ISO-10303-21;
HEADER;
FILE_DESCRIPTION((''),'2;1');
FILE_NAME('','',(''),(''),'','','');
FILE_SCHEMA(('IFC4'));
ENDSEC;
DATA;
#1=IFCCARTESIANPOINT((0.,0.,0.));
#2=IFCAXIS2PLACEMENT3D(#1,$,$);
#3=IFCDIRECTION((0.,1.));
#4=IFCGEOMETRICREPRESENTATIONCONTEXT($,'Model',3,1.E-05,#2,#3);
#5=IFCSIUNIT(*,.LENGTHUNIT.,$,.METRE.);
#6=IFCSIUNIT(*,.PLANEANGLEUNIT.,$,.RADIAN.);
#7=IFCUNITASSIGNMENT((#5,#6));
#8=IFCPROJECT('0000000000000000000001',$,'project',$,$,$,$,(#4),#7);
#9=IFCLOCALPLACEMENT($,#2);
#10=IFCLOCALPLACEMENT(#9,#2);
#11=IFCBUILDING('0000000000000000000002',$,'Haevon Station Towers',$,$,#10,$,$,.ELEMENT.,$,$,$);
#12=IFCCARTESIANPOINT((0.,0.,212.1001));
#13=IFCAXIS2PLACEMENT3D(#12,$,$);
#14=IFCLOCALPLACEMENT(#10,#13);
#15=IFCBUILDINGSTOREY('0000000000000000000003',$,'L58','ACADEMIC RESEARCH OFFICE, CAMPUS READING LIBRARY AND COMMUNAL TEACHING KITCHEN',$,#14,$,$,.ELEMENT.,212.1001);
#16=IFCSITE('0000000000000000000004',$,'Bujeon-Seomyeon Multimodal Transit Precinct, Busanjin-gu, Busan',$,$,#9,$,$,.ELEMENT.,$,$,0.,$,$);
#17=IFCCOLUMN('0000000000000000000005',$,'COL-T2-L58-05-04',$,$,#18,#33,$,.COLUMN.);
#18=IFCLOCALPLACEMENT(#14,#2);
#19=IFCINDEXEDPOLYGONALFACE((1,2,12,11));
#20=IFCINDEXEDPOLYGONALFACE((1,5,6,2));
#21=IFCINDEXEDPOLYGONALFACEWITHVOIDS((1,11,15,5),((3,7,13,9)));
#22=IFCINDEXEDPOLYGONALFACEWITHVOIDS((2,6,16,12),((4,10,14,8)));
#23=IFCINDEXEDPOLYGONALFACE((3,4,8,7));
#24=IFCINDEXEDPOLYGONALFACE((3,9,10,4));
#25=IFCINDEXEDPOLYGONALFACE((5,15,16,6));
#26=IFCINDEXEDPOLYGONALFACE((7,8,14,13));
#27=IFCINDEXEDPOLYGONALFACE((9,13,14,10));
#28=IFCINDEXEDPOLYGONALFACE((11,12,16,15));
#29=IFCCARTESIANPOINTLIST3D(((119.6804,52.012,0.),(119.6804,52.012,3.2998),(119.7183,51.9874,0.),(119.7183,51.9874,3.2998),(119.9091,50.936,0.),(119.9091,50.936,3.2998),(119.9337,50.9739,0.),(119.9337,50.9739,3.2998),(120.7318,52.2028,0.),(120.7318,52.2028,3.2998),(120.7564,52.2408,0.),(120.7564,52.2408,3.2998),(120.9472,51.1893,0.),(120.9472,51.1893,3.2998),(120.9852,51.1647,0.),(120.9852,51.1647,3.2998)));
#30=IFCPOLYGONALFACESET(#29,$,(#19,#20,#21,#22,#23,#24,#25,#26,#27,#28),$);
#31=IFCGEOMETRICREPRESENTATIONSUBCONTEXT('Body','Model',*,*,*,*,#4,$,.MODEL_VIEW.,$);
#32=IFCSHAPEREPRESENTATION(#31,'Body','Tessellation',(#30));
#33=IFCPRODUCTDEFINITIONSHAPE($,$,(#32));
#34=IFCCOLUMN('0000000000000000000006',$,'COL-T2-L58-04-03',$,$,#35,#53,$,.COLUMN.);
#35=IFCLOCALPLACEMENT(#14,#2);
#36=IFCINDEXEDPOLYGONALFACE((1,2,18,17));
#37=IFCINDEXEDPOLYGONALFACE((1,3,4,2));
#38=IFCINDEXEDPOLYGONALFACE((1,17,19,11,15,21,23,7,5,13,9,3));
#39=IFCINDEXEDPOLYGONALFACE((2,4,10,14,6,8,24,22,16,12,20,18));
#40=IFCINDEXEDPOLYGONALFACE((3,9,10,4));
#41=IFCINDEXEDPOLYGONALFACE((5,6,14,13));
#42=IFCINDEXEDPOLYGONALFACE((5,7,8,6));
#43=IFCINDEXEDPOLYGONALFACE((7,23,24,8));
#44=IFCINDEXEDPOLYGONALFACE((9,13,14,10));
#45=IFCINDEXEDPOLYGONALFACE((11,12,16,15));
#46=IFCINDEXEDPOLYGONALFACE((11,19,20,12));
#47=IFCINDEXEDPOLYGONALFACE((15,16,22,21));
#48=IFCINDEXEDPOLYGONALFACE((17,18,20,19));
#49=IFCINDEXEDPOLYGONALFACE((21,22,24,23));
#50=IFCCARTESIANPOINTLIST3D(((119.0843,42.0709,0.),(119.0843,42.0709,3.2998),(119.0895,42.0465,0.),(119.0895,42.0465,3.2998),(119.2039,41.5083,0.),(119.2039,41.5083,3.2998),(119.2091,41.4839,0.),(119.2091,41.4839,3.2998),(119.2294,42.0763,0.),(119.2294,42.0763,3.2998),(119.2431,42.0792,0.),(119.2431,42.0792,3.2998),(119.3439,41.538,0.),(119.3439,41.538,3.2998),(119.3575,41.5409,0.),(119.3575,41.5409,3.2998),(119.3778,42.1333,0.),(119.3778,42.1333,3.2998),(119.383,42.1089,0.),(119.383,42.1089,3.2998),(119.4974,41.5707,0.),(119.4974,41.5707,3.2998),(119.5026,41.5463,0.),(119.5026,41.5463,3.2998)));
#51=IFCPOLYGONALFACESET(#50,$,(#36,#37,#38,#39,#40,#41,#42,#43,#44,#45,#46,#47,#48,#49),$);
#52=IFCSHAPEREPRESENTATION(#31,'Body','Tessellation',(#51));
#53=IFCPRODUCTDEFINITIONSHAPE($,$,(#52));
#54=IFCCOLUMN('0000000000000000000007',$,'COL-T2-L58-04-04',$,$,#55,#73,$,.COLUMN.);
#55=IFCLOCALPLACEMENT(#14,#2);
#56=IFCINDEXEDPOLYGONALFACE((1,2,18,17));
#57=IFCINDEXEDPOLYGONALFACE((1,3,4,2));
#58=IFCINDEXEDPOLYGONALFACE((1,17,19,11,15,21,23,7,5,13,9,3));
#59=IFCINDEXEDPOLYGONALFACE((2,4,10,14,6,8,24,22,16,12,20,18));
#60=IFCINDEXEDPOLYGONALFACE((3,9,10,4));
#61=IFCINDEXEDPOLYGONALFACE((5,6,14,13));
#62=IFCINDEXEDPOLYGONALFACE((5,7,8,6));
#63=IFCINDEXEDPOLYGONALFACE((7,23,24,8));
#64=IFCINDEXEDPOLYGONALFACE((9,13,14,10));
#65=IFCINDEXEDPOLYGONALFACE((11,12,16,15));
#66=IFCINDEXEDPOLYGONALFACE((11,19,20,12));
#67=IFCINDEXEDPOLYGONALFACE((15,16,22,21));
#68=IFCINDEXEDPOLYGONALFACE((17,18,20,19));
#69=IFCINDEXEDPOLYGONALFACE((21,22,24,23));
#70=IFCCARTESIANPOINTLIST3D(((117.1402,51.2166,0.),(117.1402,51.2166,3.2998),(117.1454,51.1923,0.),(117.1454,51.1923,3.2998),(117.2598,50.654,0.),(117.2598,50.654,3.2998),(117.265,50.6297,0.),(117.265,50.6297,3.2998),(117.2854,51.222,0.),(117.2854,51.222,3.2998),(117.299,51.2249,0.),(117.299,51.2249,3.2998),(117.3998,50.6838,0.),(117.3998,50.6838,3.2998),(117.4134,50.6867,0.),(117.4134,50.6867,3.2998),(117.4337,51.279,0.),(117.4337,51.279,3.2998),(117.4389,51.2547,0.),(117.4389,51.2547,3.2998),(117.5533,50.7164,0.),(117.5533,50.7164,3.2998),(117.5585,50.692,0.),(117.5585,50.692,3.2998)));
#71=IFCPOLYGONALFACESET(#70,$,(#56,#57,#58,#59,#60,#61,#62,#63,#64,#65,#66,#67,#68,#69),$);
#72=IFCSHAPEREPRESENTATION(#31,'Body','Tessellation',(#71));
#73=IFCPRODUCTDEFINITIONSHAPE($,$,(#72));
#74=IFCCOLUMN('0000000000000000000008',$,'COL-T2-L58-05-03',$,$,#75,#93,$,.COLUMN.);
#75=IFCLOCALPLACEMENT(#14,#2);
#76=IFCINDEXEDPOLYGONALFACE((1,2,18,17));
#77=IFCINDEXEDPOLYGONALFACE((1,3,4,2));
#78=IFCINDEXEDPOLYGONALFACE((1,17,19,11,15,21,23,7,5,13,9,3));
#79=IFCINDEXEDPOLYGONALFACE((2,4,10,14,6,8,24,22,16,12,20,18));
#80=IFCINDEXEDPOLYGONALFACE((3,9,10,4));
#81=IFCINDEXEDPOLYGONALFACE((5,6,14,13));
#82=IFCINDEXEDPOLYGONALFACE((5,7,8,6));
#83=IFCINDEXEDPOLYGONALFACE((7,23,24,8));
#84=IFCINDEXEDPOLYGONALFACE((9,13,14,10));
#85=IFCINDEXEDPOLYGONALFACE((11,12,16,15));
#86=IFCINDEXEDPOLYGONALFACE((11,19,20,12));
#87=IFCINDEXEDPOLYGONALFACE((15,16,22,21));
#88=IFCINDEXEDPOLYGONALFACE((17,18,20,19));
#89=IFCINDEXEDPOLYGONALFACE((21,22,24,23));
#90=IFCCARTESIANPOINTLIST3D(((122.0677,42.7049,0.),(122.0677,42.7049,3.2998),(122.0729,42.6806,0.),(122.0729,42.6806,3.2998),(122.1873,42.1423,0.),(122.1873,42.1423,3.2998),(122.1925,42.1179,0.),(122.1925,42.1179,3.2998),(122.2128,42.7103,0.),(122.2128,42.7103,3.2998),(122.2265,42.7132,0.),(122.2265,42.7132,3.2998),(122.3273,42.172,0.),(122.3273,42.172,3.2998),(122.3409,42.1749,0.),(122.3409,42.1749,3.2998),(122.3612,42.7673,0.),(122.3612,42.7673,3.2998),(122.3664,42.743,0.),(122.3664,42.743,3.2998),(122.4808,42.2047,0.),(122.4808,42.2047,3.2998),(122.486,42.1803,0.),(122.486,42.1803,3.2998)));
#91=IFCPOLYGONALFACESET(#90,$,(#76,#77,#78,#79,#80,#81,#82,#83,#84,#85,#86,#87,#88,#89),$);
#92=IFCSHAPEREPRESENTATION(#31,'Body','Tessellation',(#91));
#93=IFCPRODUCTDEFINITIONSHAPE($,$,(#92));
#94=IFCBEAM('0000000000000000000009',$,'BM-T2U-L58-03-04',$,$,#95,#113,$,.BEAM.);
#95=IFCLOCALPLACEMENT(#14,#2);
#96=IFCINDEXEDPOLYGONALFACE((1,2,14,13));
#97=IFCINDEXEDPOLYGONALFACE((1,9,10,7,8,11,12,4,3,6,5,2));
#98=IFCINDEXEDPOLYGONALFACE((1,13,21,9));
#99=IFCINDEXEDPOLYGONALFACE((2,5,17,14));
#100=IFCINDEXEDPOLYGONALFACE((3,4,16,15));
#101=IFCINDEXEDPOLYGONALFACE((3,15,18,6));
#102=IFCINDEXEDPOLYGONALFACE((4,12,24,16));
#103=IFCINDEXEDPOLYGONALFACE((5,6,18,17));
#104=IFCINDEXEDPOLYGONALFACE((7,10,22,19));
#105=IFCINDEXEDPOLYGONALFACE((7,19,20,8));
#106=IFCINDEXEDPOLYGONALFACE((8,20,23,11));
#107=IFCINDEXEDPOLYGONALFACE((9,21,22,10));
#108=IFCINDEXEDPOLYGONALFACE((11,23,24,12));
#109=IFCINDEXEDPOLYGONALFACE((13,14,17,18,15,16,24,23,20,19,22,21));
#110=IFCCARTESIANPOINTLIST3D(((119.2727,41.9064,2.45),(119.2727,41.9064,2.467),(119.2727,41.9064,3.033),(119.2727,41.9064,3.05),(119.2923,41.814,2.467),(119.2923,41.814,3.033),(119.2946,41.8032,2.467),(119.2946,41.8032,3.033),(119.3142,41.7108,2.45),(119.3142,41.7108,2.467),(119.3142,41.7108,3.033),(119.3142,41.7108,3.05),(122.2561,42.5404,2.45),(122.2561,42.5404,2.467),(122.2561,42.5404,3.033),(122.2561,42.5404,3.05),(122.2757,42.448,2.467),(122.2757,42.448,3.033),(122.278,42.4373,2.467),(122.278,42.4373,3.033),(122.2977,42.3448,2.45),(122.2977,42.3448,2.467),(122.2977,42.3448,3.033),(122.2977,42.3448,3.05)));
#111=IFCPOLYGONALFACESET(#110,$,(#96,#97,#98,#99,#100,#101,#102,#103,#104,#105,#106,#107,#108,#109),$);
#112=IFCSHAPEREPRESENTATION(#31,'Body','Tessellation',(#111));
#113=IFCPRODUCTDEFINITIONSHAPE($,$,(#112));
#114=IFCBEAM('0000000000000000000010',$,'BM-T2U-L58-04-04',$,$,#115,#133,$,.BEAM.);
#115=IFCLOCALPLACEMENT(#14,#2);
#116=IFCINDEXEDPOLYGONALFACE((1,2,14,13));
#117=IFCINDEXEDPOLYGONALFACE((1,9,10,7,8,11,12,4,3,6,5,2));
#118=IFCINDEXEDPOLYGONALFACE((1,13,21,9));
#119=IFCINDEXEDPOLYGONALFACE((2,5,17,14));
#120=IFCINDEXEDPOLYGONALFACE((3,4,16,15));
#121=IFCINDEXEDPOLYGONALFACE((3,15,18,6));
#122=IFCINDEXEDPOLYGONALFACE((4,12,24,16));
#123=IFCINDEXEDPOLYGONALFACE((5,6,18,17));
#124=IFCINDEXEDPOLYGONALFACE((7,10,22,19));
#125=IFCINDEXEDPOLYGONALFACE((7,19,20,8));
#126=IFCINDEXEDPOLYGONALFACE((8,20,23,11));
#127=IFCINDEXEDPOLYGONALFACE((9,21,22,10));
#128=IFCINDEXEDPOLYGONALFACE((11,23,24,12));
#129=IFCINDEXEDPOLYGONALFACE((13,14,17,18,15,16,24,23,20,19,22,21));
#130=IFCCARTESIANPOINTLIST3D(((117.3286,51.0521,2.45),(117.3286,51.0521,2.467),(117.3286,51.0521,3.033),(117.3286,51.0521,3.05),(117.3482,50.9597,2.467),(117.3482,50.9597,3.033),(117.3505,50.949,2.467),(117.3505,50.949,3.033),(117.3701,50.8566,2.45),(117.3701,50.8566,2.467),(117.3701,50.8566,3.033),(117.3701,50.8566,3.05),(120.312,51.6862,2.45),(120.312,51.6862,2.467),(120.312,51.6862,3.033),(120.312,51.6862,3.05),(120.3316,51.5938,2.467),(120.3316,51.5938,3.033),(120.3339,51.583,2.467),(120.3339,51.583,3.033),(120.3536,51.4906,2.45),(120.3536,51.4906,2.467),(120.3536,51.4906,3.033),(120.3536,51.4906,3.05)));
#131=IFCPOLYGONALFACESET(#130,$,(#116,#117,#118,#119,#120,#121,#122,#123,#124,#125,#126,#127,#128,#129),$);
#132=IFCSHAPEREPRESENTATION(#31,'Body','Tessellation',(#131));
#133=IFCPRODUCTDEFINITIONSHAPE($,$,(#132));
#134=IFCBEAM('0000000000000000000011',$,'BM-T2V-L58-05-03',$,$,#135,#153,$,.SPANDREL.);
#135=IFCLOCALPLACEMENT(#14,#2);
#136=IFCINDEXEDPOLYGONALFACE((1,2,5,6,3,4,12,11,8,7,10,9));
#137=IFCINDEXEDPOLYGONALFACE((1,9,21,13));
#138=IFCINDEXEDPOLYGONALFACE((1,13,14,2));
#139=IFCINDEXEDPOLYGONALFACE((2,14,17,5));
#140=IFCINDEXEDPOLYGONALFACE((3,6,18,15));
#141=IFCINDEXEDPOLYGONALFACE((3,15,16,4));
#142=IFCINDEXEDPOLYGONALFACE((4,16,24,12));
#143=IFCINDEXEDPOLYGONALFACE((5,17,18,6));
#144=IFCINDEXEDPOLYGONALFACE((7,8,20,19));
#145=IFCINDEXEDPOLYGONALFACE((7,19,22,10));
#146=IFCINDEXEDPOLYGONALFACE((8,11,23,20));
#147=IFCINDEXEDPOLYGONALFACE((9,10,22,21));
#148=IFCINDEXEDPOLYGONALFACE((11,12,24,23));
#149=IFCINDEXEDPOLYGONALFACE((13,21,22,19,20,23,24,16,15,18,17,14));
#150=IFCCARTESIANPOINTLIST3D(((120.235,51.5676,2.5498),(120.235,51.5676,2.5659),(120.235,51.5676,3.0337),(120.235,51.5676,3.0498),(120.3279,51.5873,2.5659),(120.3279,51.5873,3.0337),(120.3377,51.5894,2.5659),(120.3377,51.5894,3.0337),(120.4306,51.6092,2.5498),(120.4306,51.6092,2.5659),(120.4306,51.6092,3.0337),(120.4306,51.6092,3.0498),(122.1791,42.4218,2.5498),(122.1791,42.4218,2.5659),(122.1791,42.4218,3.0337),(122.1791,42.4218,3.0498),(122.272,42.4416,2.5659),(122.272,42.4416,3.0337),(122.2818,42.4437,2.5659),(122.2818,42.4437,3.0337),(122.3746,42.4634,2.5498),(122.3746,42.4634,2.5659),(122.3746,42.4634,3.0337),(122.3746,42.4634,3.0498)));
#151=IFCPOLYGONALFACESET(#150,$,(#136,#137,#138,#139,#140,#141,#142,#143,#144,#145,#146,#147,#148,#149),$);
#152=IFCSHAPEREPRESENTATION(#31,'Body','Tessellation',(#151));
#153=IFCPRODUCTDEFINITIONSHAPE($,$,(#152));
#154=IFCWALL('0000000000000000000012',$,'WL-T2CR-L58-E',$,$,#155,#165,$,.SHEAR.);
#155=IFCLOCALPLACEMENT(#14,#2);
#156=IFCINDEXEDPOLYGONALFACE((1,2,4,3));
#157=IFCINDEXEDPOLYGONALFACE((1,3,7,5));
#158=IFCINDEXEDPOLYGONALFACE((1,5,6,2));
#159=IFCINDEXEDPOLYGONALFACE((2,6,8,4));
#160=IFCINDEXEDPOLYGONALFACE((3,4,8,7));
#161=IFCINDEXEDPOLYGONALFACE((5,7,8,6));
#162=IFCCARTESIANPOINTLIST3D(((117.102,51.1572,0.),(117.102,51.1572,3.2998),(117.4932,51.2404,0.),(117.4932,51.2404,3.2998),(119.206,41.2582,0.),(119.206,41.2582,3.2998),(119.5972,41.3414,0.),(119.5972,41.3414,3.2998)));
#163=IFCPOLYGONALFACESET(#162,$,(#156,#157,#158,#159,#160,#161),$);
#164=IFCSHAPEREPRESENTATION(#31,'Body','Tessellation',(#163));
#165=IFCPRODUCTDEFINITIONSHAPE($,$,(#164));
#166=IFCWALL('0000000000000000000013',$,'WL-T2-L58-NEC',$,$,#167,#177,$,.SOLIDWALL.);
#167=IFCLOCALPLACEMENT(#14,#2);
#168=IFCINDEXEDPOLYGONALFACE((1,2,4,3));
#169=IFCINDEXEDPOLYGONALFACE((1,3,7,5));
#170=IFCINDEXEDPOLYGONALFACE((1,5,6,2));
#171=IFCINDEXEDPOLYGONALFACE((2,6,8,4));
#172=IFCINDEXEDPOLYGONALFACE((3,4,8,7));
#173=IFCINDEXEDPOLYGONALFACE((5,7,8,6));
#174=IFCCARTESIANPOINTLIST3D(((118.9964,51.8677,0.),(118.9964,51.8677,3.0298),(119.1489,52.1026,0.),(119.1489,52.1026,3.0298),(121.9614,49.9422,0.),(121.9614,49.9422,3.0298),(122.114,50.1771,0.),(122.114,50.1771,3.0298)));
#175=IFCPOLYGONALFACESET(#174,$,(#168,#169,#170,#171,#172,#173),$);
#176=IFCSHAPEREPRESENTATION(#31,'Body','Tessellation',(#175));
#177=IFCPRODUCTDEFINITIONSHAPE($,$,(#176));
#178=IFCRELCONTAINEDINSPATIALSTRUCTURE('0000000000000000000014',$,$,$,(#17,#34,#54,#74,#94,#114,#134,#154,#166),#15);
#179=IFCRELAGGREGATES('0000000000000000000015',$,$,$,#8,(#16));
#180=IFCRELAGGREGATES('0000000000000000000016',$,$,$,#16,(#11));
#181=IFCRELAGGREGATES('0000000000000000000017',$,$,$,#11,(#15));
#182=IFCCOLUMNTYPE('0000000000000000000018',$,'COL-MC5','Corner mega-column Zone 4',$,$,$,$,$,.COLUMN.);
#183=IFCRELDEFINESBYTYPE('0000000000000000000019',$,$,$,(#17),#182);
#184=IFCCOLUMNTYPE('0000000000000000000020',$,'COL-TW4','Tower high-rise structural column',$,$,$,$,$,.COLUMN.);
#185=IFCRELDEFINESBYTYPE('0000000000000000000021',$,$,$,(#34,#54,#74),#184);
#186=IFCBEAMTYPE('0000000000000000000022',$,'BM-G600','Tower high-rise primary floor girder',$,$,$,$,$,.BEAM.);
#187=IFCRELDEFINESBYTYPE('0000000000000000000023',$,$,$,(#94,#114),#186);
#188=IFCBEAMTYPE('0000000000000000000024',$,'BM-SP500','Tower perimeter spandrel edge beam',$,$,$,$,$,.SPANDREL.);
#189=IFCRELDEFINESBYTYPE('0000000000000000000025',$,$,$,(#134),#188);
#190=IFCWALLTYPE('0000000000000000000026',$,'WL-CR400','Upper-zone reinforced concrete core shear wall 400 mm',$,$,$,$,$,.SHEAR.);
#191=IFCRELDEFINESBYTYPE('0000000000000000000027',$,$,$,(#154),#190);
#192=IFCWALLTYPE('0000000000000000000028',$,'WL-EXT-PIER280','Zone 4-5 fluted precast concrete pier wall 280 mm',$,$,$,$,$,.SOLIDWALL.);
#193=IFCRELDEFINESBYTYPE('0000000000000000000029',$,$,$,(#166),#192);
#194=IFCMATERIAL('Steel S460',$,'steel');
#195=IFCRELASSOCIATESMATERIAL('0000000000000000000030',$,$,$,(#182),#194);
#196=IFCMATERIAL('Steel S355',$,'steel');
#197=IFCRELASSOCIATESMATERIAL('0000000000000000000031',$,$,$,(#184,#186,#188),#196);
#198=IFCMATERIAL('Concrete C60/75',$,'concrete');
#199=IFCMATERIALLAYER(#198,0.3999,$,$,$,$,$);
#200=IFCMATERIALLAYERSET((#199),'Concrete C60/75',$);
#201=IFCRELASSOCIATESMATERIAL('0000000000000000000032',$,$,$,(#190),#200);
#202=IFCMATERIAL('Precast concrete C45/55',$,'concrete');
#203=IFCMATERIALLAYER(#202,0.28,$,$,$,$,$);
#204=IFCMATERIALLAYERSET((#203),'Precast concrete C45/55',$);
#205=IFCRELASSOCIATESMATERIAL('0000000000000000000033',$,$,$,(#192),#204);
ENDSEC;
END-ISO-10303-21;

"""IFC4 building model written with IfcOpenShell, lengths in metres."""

from ifc_helpers import new_model, si_unit, direction, frame, frame_2d, origin, origin_2d, place, context, subcontext, project, spatial, rectangle, hollow_rectangle, i_section, extrude, material, layer, layer_set, material_profile, profile_set, type_object, element, save


model = new_model("IFC4")

# Units and contexts
model_context = context("Model", 3, precision=1e-05, world=origin(), true_north=direction((0.0, 1.0)))
body_context = subcontext(model_context, "Body", "Model", "MODEL_VIEW")
ifc_project = project(units=[si_unit("LENGTHUNIT", "METRE"), si_unit("PLANEANGLEUNIT", "RADIAN")], contexts=[model_context])

# Site, building, storey
site_placement = place(None, origin())
site = spatial("IfcSite", under=ifc_project, at=site_placement, Name="Bujeon-Seomyeon Multimodal Transit Precinct, Busanjin-gu, Busan", CompositionType="ELEMENT", RefElevation=0.0)
building_placement = place(site_placement, origin())
building = spatial("IfcBuilding", under=site, at=building_placement, Name="Haevon Station Towers", CompositionType="ELEMENT")
storey_placement = place(building_placement, frame((0.0, 0.0, 212.1001)))
storey = spatial("IfcBuildingStorey", under=building, at=storey_placement, Name="L58", Description="ACADEMIC RESEARCH OFFICE, CAMPUS READING LIBRARY AND COMMUNAL TEACHING KITCHEN", CompositionType="ELEMENT", Elevation=212.1001)

# Columns
ifc_material_1 = material(Name="Steel S460", Category="steel")
ifc_material_profile_1 = material_profile(ifc_material_1, hollow_rectangle(XDim=1.1001, YDim=1.1001, WallThickness=0.032, at=origin_2d()), Name="BOX-1100x1100x32")
ifc_profile_set_1 = profile_set([ifc_material_profile_1], Name="Steel S460")
column_type_1 = type_object("IfcColumnType", Name="COL-MC5", Description="Corner mega-column Zone 4", PredefinedType="COLUMN", material=ifc_profile_set_1)
column_placement = place(storey_placement, frame((120.3328, 51.5884, 0.0), z_axis=(0.0, 0.0, 1.0), x_axis=(0.978148, 0.207912, 0.0)))
element("IfcColumn", 1, at=column_placement, inside=storey, type_object=column_type_1, Name="COL-T2-L58-05-04", PredefinedType="COLUMN", context=body_context, shape_type="SweptSolid", body=[
    extrude(hollow_rectangle(XDim=1.1001, YDim=1.1001, WallThickness=0.032, at=origin_2d()), origin(), (0.0, 0.0, 1.0), 3.2998),
])
ifc_material_2 = material(Name="Steel S355", Category="steel")
ifc_material_profile_2 = material_profile(ifc_material_2, i_section(OverallWidth=0.3, OverallDepth=0.6001, WebThickness=0.0139, FlangeThickness=0.0249, at=origin_2d()), Name="H-600x300x14x25")
ifc_profile_set_2 = profile_set([ifc_material_profile_2], Name="Steel S355")
column_type_2 = type_object("IfcColumnType", Name="COL-TW4", Description="Tower high-rise structural column", PredefinedType="COLUMN", material=ifc_profile_set_2)
for number, where, z_axis, x_axis, name in (
    (2, (119.2935, 41.8086, 0.0), (0.0, 0.0, 1.0), (0.978148, 0.207912, 0.0), "COL-T2-L58-04-03"),
    (3, (117.3494, 50.9543, 0.0), (0.0, 0.0, 1.0), (0.978148, 0.207912, 0.0), "COL-T2-L58-04-04"),
    (4, (122.2769, 42.4426, 0.0), (0.0, 0.0, 1.0), (0.978148, 0.207912, 0.0), "COL-T2-L58-05-03"),
):
    element("IfcColumn", number, at=place(storey_placement, frame(where, z_axis=z_axis, x_axis=x_axis)), inside=storey, type_object=column_type_2, Name=name, PredefinedType="COLUMN", context=body_context, shape_type="SweptSolid", body=[
        extrude(i_section(OverallWidth=0.3, OverallDepth=0.6001, WebThickness=0.0139, FlangeThickness=0.0249, at=origin_2d()), origin(), (0.0, 0.0, 1.0), 3.2998),
    ])

# Beams
ifc_material_profile_3 = material_profile(ifc_material_2, i_section(OverallWidth=0.2, OverallDepth=0.6001, WebThickness=0.011, FlangeThickness=0.0171, at=origin_2d()), Name="H-600x200x11x17")
ifc_profile_set_3 = profile_set([ifc_material_profile_3], Name="Steel S355")
beam_type_1 = type_object("IfcBeamType", Name="BM-G600", Description="Tower high-rise primary floor girder", PredefinedType="BEAM", material=ifc_profile_set_3)
for number, where, z_axis, x_axis, name in (
    (5, (119.2935, 41.8086, 2.75), (0.978155, 0.207878, 0.0), (-0.207878, 0.978155, 0.0), "BM-T2U-L58-03-04"),
    (6, (117.3494, 50.9543, 2.75), (0.978155, 0.207878, 0.0), (-0.207878, 0.978155, 0.0), "BM-T2U-L58-04-04"),
):
    element("IfcBeam", number, at=place(storey_placement, frame(where, z_axis=z_axis, x_axis=x_axis)), inside=storey, type_object=beam_type_1, Name=name, PredefinedType="BEAM", context=body_context, shape_type="SweptSolid", body=[
        extrude(i_section(OverallWidth=0.2, OverallDepth=0.6001, WebThickness=0.011, FlangeThickness=0.0171, at=origin_2d()), origin(), (0.0, 0.0, 1.0), 3.05),
    ])
ifc_material_profile_4 = material_profile(ifc_material_2, i_section(OverallWidth=0.2, OverallDepth=0.5, WebThickness=0.01, FlangeThickness=0.0161, at=origin_2d()), Name="H-500x200x10x16")
ifc_profile_set_4 = profile_set([ifc_material_profile_4], Name="Steel S355")
beam_type_2 = type_object("IfcBeamType", Name="BM-SP500", Description="Tower perimeter spandrel edge beam", PredefinedType="SPANDREL", material=ifc_profile_set_4)
beam_placement = place(storey_placement, frame((122.2769, 42.4426, 2.7998), z_axis=(-0.207922, 0.978145, 0.0), x_axis=(-0.978145, -0.207922, 0.0)))
element("IfcBeam", 7, at=beam_placement, inside=storey, type_object=beam_type_2, Name="BM-T2V-L58-05-03", PredefinedType="SPANDREL", context=body_context, shape_type="SweptSolid", body=[
    extrude(i_section(OverallWidth=0.2, OverallDepth=0.5, WebThickness=0.01, FlangeThickness=0.0161, at=origin_2d()), origin(), (0.0, 0.0, 1.0), 9.3501),
])

# Walls
ifc_material_3 = material(Name="Concrete C60/75", Category="concrete")
ifc_layer_1 = layer(ifc_material_3, 0.3999)
ifc_layer_set_1 = layer_set([ifc_layer_1], Name="Concrete C60/75")
wall_type_1 = type_object("IfcWallType", Name="WL-CR400", Description="Upper-zone reinforced concrete core shear wall 400 mm", PredefinedType="SHEAR", material=ifc_layer_set_1)
wall_1_placement = place(storey_placement, frame((119.4016, 41.2998, 0.0), z_axis=(0.0, 0.0, 1.0), x_axis=(-0.207904, 0.978149, 0.0)))
element("IfcWall", 8, at=wall_1_placement, inside=storey, type_object=wall_type_1, Name="WL-T2CR-L58-E", PredefinedType="SHEAR", context=body_context, shape_type="SweptSolid", body=[
    extrude(rectangle(XDim=10.1201, YDim=0.3999, at=frame_2d((5.0601, 0.0))), origin(), (0.0, 0.0, 1.0), 3.2998),
])
ifc_material_4 = material(Name="Precast concrete C45/55", Category="concrete")
ifc_layer_2 = layer(ifc_material_4, 0.28)
ifc_layer_set_2 = layer_set([ifc_layer_2], Name="Precast concrete C45/55")
wall_type_2 = type_object("IfcWallType", Name="WL-EXT-PIER280", Description="Zone 4-5 fluted precast concrete pier wall 280 mm", PredefinedType="SOLIDWALL", material=ifc_layer_set_2)
wall_2_placement = place(storey_placement, frame((119.0728, 51.9851, 0.0), z_axis=(0.0, 0.0, 1.0), x_axis=(0.838672, -0.544636, 0.0)))
element("IfcWall", 9, at=wall_2_placement, inside=storey, type_object=wall_type_2, Name="WL-T2-L58-NEC", PredefinedType="SOLIDWALL", context=body_context, shape_type="SweptSolid", body=[
    extrude(rectangle(XDim=3.5354, YDim=0.28, at=frame_2d((1.7676, 0.0))), origin(), (0.0, 0.0, 1.0), 3.0298),
])

save(model, "model.ifc")
